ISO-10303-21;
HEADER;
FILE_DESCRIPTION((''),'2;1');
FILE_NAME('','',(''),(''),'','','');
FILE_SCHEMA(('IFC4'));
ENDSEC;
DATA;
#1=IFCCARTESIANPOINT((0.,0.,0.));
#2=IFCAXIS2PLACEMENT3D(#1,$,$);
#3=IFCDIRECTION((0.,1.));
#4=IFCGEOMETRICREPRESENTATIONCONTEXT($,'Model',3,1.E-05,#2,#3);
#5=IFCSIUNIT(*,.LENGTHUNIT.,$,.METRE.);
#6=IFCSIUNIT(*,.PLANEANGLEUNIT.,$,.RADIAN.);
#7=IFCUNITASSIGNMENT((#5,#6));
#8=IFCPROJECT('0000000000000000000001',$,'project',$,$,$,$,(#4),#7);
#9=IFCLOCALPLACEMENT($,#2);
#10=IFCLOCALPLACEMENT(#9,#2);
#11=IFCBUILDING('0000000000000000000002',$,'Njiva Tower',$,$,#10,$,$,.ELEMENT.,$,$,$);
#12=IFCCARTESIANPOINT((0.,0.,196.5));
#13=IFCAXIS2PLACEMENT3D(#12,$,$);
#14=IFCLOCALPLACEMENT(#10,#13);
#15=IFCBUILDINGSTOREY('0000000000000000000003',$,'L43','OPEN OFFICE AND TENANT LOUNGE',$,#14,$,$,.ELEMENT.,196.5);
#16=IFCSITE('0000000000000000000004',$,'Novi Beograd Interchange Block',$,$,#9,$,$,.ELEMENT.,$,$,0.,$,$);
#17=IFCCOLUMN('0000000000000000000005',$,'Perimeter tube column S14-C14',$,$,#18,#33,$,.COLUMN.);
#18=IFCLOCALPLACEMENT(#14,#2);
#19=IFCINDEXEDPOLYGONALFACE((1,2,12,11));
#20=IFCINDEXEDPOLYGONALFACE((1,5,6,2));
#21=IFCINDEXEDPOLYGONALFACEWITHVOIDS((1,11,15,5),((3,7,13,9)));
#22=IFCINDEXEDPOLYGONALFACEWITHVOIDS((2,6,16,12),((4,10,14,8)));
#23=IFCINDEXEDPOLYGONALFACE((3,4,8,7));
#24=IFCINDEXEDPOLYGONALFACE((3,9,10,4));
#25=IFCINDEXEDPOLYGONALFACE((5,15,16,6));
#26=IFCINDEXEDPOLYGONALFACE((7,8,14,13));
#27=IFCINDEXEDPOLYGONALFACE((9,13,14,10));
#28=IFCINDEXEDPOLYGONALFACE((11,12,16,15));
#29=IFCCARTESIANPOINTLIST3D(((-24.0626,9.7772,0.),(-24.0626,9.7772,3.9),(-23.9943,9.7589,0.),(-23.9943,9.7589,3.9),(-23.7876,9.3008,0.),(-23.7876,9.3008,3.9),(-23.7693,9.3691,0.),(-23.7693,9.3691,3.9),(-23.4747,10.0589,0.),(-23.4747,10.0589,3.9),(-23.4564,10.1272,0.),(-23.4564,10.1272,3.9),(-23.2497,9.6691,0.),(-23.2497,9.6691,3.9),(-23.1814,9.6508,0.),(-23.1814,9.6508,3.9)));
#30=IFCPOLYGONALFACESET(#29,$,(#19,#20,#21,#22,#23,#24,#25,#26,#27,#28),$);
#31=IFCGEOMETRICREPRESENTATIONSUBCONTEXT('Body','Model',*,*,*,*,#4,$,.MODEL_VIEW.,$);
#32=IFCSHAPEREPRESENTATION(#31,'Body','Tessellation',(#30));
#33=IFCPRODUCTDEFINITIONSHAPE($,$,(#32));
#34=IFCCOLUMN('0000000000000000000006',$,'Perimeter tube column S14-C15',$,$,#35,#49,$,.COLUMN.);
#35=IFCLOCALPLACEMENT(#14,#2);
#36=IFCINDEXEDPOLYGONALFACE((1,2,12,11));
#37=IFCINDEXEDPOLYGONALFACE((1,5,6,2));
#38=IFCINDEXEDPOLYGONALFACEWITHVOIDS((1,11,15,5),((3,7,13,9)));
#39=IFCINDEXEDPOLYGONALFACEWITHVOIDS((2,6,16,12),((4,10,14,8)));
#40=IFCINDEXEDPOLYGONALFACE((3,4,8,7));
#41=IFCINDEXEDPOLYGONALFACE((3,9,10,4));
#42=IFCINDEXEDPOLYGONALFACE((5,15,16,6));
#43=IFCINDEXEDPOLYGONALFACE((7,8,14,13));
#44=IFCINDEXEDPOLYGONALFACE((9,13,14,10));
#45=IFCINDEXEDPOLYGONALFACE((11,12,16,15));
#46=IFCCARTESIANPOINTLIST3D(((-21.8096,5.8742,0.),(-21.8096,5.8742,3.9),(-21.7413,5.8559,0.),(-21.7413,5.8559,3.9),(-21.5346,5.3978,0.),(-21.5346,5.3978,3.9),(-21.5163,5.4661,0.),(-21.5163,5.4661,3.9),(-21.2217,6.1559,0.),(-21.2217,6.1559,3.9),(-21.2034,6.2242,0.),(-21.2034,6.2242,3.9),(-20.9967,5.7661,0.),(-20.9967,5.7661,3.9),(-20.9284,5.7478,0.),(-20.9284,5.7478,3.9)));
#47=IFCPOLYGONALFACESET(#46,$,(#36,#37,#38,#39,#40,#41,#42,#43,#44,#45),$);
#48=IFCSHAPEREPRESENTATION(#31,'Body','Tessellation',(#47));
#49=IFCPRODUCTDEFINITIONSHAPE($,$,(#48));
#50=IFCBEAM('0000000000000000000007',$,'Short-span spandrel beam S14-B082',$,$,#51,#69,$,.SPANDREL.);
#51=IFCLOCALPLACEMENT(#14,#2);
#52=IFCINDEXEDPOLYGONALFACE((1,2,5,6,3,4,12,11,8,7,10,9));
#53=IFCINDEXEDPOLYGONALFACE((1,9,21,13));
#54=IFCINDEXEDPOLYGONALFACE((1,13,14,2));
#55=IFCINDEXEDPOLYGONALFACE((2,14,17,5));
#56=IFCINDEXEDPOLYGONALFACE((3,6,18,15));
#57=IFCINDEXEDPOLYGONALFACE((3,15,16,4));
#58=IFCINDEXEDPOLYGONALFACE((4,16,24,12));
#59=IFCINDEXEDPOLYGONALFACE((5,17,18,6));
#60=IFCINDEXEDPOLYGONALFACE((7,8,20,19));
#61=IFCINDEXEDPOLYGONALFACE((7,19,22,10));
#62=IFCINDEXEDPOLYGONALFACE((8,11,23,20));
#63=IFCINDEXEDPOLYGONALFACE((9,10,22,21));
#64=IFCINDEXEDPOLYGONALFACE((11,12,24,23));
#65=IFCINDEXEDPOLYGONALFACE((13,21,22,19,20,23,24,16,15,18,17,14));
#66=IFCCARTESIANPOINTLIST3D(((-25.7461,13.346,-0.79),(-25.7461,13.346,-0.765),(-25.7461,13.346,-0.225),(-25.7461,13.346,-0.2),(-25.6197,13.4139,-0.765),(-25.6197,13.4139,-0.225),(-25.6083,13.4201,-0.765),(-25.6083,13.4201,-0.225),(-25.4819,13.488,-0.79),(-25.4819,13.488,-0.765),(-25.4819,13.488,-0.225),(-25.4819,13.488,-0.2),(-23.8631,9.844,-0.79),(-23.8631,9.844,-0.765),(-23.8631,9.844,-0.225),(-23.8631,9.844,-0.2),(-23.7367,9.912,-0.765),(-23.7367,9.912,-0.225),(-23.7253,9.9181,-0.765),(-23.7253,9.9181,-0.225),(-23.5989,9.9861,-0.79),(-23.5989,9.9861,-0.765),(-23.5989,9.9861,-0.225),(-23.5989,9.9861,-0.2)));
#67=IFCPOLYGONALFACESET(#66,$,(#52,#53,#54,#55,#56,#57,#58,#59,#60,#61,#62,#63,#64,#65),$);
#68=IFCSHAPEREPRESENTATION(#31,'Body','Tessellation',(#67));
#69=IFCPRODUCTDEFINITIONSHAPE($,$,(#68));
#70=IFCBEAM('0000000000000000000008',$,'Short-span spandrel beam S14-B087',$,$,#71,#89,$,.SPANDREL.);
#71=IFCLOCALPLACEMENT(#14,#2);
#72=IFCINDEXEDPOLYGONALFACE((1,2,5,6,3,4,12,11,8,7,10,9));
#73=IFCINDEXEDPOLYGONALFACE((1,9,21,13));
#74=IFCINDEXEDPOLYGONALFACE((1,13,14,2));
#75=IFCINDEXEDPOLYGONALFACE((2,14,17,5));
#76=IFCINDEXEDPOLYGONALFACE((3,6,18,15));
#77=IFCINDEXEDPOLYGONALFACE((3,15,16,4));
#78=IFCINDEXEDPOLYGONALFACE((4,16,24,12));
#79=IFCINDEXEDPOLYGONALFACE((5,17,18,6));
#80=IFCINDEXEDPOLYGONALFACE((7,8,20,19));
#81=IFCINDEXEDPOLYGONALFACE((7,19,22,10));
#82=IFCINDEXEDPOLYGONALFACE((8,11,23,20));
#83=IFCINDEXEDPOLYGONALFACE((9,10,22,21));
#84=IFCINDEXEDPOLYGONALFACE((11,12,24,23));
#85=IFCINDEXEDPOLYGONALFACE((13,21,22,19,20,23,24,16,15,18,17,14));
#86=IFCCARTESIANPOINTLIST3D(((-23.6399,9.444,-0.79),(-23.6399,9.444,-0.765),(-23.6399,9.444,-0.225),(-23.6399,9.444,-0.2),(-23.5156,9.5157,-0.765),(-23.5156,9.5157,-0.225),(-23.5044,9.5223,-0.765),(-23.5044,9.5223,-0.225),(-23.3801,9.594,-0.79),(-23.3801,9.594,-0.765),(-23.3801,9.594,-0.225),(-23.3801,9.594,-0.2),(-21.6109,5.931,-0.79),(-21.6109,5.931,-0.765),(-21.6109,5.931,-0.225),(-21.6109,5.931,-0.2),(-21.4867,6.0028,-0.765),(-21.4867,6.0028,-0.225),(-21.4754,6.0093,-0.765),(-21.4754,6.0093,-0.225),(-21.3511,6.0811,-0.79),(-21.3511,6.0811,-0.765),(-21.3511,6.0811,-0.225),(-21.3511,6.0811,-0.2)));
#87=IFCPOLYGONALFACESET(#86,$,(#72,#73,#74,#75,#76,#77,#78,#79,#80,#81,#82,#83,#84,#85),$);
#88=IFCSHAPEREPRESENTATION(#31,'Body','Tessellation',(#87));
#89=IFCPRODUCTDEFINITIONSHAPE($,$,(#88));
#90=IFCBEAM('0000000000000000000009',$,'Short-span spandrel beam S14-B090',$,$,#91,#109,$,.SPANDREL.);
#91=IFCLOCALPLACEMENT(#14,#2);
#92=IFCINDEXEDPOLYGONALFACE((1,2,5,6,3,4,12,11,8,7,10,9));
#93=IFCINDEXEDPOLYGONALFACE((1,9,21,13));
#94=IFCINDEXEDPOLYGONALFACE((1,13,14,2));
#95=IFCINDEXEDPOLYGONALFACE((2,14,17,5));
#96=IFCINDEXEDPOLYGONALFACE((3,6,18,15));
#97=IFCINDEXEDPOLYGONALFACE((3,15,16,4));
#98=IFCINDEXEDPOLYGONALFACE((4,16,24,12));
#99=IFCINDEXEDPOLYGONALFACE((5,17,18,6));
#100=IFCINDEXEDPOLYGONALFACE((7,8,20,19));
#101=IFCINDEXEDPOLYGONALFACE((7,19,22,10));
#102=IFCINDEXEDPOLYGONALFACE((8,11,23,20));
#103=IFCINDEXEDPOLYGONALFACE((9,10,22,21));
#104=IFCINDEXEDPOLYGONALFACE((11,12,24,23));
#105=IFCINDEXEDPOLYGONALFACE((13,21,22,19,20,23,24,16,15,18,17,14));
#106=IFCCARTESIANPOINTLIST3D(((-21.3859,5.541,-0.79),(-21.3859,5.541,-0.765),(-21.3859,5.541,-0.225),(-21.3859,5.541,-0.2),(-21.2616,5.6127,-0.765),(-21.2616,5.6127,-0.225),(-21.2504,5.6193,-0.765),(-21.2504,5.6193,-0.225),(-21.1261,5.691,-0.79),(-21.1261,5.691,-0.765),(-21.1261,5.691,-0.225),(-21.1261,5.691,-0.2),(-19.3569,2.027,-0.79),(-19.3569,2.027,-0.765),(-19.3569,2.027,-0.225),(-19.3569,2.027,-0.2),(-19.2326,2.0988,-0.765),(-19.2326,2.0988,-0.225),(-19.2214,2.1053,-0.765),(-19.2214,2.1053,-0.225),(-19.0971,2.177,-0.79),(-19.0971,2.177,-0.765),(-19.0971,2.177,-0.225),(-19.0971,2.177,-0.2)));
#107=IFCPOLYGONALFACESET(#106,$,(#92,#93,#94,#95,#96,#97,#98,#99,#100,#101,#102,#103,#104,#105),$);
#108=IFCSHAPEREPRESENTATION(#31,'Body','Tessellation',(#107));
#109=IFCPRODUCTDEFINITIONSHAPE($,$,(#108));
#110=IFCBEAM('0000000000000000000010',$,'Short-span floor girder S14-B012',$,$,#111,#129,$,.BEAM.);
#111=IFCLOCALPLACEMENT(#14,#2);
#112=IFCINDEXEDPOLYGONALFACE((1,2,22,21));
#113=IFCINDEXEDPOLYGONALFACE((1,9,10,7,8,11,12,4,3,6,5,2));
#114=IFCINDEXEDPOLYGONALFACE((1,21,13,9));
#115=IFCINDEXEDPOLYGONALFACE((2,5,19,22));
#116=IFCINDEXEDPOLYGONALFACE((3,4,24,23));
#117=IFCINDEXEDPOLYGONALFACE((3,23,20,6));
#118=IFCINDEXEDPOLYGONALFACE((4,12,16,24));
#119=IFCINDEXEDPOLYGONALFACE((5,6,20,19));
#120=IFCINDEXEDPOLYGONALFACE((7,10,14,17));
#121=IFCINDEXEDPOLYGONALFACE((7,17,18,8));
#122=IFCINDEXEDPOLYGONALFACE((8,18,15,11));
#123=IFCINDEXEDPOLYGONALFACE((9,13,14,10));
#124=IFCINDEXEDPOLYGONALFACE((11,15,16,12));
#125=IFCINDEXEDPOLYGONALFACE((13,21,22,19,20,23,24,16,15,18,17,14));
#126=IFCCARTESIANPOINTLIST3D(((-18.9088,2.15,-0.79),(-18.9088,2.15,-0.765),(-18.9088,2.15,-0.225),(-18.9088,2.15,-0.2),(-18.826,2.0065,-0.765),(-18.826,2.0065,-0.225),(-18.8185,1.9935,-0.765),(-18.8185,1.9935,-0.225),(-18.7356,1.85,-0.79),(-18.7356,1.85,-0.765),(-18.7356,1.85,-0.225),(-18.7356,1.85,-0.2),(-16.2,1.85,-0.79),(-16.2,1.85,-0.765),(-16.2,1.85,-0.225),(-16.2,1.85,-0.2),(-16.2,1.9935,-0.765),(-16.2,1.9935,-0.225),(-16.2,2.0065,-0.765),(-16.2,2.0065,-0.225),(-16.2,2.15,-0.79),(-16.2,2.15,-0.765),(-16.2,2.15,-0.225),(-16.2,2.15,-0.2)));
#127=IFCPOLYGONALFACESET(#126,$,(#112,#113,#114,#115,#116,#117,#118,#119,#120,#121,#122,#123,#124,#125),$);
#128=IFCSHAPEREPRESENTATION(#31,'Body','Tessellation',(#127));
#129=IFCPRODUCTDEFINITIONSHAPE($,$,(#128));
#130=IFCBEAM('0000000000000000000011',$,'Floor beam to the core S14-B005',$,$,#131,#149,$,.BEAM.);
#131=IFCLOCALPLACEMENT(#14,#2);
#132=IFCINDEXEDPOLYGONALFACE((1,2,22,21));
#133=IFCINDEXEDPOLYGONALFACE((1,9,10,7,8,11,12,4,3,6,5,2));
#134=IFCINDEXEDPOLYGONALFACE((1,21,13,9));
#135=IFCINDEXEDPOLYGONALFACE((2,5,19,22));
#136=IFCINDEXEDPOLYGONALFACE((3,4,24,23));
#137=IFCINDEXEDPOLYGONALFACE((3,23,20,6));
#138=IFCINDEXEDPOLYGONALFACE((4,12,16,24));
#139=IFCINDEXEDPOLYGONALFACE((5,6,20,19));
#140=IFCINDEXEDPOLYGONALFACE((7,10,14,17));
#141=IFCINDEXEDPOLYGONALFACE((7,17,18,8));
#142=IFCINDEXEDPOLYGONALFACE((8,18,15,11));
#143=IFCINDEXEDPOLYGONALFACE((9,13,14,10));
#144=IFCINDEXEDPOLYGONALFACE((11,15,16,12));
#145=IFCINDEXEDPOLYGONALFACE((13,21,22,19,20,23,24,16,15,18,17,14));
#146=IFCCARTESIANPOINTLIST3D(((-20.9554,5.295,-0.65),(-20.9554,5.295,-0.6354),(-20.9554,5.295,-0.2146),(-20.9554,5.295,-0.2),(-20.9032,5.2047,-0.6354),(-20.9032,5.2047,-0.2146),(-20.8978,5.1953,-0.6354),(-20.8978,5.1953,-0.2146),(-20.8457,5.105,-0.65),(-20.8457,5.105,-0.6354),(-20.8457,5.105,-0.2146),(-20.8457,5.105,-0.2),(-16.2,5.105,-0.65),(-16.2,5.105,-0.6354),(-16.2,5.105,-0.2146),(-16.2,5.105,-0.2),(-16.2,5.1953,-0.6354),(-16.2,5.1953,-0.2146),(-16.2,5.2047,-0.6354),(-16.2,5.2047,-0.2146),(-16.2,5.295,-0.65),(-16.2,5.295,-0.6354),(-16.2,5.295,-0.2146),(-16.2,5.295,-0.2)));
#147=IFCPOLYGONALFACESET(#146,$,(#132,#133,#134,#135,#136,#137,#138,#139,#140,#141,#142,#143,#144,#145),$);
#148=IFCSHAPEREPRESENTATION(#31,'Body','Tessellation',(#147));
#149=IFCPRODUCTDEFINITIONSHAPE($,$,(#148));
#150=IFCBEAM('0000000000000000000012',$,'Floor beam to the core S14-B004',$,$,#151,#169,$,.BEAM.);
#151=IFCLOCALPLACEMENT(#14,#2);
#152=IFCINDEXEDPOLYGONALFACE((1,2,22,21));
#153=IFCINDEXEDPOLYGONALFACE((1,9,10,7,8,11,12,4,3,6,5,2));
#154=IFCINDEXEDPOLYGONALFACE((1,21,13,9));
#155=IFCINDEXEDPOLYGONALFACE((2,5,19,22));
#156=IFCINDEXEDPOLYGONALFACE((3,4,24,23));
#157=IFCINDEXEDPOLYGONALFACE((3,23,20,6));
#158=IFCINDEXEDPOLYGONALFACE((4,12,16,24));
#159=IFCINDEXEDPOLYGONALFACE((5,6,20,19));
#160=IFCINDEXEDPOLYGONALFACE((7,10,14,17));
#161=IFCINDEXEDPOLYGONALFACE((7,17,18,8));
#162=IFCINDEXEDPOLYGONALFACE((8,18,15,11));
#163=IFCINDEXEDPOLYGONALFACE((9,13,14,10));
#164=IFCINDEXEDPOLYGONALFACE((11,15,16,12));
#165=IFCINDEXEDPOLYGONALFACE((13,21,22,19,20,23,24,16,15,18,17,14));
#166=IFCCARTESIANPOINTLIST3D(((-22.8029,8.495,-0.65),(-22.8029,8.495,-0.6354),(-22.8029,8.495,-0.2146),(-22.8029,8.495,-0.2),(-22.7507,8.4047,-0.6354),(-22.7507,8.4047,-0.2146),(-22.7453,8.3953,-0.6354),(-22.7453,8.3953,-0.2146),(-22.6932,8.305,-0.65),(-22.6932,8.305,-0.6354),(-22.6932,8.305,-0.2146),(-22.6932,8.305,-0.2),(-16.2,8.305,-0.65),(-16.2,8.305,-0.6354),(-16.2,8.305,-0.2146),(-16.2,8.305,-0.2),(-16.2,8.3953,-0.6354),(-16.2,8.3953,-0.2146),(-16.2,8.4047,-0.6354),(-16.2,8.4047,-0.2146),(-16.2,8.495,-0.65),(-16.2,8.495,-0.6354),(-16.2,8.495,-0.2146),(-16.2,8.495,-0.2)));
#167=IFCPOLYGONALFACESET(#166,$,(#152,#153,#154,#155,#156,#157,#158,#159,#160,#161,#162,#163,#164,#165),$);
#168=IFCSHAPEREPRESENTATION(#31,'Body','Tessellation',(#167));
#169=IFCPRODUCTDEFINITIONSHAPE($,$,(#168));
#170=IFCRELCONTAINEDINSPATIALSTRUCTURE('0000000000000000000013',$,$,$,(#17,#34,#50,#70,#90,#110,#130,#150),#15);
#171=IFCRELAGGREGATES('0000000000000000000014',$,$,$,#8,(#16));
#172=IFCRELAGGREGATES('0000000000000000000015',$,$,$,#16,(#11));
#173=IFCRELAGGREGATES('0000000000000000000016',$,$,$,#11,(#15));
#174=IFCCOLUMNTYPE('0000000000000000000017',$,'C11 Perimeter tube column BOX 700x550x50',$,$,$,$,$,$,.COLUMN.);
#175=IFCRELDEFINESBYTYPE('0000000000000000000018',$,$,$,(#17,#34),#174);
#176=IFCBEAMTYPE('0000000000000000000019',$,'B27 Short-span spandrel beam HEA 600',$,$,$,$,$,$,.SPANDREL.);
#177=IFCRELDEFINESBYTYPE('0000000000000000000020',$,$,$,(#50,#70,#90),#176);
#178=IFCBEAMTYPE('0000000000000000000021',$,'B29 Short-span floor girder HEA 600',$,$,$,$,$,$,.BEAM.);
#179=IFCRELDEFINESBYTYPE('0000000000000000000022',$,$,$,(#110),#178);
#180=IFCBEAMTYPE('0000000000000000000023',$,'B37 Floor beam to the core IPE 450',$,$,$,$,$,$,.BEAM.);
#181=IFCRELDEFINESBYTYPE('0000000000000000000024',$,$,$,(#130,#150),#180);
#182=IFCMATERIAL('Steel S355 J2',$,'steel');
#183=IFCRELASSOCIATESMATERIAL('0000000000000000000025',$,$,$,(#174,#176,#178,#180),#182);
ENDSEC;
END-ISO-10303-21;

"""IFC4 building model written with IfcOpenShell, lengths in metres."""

from ifc_helpers import new_model, si_unit, direction, frame, origin, origin_2d, place, context, subcontext, project, spatial, hollow_rectangle, i_section, extrude, clip, halfspace, material, material_profile, profile_set, type_object, element, save


model = new_model("IFC4")

# Units and contexts
model_context = context("Model", 3, precision=1e-05, world=origin(), true_north=direction((0.0, 1.0)))
body_context = subcontext(model_context, "Body", "Model", "MODEL_VIEW")
ifc_project = project(units=[si_unit("LENGTHUNIT", "METRE"), si_unit("PLANEANGLEUNIT", "RADIAN")], contexts=[model_context])

# Site, building, storey
site_placement = place(None, origin())
site = spatial("IfcSite", under=ifc_project, at=site_placement, Name="Novi Beograd Interchange Block", CompositionType="ELEMENT", RefElevation=0.0)
building_placement = place(site_placement, origin())
building = spatial("IfcBuilding", under=site, at=building_placement, Name="Njiva Tower", CompositionType="ELEMENT")
storey_placement = place(building_placement, frame((0.0, 0.0, 196.5)))
storey = spatial("IfcBuildingStorey", under=building, at=storey_placement, Name="L43", Description="OPEN OFFICE AND TENANT LOUNGE", CompositionType="ELEMENT", Elevation=196.5)

# Columns
ifc_material_1 = material(Name="Steel S355 J2", Category="steel")
ifc_material_profile_1 = material_profile(ifc_material_1, hollow_rectangle(XDim=0.55, YDim=0.7, WallThickness=0.05, at=origin_2d()), Name="BOX 700x550x50")
ifc_profile_set_1 = profile_set([ifc_material_profile_1], Name="Steel S355 J2")
column_type = type_object("IfcColumnType", Name="C11 Perimeter tube column BOX 700x550x50", PredefinedType="COLUMN", material=ifc_profile_set_1)
for number, where, z_axis, x_axis, name in (
    (1, (-23.622, 9.714, 0.0), (0.0, 0.0, 1.0), (0.5, -0.866025, 0.0), "Perimeter tube column S14-C14"),
    (2, (-21.369, 5.811, 0.0), (0.0, 0.0, 1.0), (0.5, -0.866025, 0.0), "Perimeter tube column S14-C15"),
):
    element("IfcColumn", number, at=place(storey_placement, frame(where, z_axis=z_axis, x_axis=x_axis)), inside=storey, type_object=column_type, Name=name, PredefinedType="COLUMN", context=body_context, shape_type="SweptSolid", body=[
        extrude(hollow_rectangle(XDim=0.55, YDim=0.7, WallThickness=0.05, at=origin_2d()), origin(), (0.0, 0.0, 1.0), 3.9),
    ])

# Beams
ifc_material_profile_2 = material_profile(ifc_material_1, i_section(OverallWidth=0.3, OverallDepth=0.59, WebThickness=0.013, FlangeThickness=0.025, at=origin_2d()), Name="HEA 600")
ifc_profile_set_2 = profile_set([ifc_material_profile_2], Name="Steel S355 J2")
beam_type_1 = type_object("IfcBeamType", Name="B27 Short-span spandrel beam HEA 600", PredefinedType="SPANDREL", material=ifc_profile_set_2)
beam_1_placement = place(storey_placement, frame((-25.614, 13.417, -0.495), z_axis=(0.473575, -0.880754, 0.0), x_axis=(0.880754, 0.473575, 0.0)))
element("IfcBeam", 3, at=beam_1_placement, inside=storey, type_object=beam_type_1, Name="Short-span spandrel beam S14-B082", PredefinedType="SPANDREL", context=body_context, shape_type="SweptSolid", body=[
    extrude(i_section(OverallWidth=0.3, OverallDepth=0.59, WebThickness=0.013, FlangeThickness=0.025, at=origin_2d()), origin(), (0.0, 0.0, 1.0), 3.9761),
])
beam_2_placement = place(storey_placement, frame((-23.51, 9.519, -0.495), z_axis=(0.500142, -0.865943, 0.0), x_axis=(0.865943, 0.500142, 0.0)))
element("IfcBeam", 4, at=beam_2_placement, inside=storey, type_object=beam_type_1, Name="Short-span spandrel beam S14-B087", PredefinedType="SPANDREL", context=body_context, shape_type="SweptSolid", body=[
    extrude(i_section(OverallWidth=0.3, OverallDepth=0.59, WebThickness=0.013, FlangeThickness=0.025, at=origin_2d()), origin(), (0.0, 0.0, 1.0), 4.0568),
])
beam_3_placement = place(storey_placement, frame((-21.256, 5.616, -0.495), z_axis=(0.500035, -0.866005, 0.0), x_axis=(0.866005, 0.500035, 0.0)))
element("IfcBeam", 5, at=beam_3_placement, inside=storey, type_object=beam_type_1, Name="Short-span spandrel beam S14-B090", PredefinedType="SPANDREL", context=body_context, shape_type="SweptSolid", body=[
    extrude(i_section(OverallWidth=0.3, OverallDepth=0.59, WebThickness=0.013, FlangeThickness=0.025, at=origin_2d()), origin(), (0.0, 0.0, 1.0), 4.0577),
])
ifc_material_profile_3 = material_profile(ifc_material_1, i_section(OverallWidth=0.3, OverallDepth=0.59, WebThickness=0.013, FlangeThickness=0.025, at=origin_2d()), Name="HEA 600")
ifc_profile_set_3 = profile_set([ifc_material_profile_3], Name="Steel S355 J2")
beam_type_2 = type_object("IfcBeamType", Name="B29 Short-span floor girder HEA 600", PredefinedType="BEAM", material=ifc_profile_set_3)
beam_4_placement = place(storey_placement, frame((-18.929, 2.0, -0.495), z_axis=(1.0, 0.0, 0.0), x_axis=(0.0, 1.0, 0.0)))
element("IfcBeam", 6, at=beam_4_placement, inside=storey, type_object=beam_type_2, Name="Short-span floor girder S14-B012", PredefinedType="BEAM", context=body_context, shape_type="Clipping", body=[
    clip(extrude(i_section(OverallWidth=0.3, OverallDepth=0.59, WebThickness=0.013, FlangeThickness=0.025, at=origin_2d()), origin(), (0.0, 0.0, 1.0), 2.729), halfspace(frame((-0.025, 0.0, 0.1212), z_axis=(-0.499998, 0.0, -0.866027), x_axis=(0.0, -1.0, 0.0)), False)),
])
ifc_material_profile_4 = material_profile(ifc_material_1, i_section(OverallWidth=0.19, OverallDepth=0.45, WebThickness=0.0094, FlangeThickness=0.0146, at=origin_2d()), Name="IPE 450")
ifc_profile_set_4 = profile_set([ifc_material_profile_4], Name="Steel S355 J2")
beam_type_3 = type_object("IfcBeamType", Name="B37 Floor beam to the core IPE 450", PredefinedType="BEAM", material=ifc_profile_set_4)
beam_5_placement = place(storey_placement, frame((-20.976, 5.2, -0.425), z_axis=(1.0, 0.0, 0.0), x_axis=(0.0, 1.0, 0.0)))
element("IfcBeam", 7, at=beam_5_placement, inside=storey, type_object=beam_type_3, Name="Floor beam to the core S14-B005", PredefinedType="BEAM", context=body_context, shape_type="Clipping", body=[
    clip(extrude(i_section(OverallWidth=0.19, OverallDepth=0.45, WebThickness=0.0094, FlangeThickness=0.0146, at=origin_2d()), origin(), (0.0, 0.0, 1.0), 4.776), halfspace(frame((-0.025, 0.0, 0.0899), z_axis=(-0.499998, 0.0, -0.866027), x_axis=(0.0, -1.0, 0.0)), False)),
])
beam_6_placement = place(storey_placement, frame((-22.823, 8.4, -0.425), z_axis=(1.0, 0.0, 0.0), x_axis=(0.0, 1.0, 0.0)))
element("IfcBeam", 8, at=beam_6_placement, inside=storey, type_object=beam_type_3, Name="Floor beam to the core S14-B004", PredefinedType="BEAM", context=body_context, shape_type="Clipping", body=[
    clip(extrude(i_section(OverallWidth=0.19, OverallDepth=0.45, WebThickness=0.0094, FlangeThickness=0.0146, at=origin_2d()), origin(), (0.0, 0.0, 1.0), 6.623), halfspace(frame((-0.025, 0.0, 0.0894), z_axis=(-0.499998, 0.0, -0.866027), x_axis=(0.0, -1.0, 0.0)), False)),
])

save(model, "model.ifc")
